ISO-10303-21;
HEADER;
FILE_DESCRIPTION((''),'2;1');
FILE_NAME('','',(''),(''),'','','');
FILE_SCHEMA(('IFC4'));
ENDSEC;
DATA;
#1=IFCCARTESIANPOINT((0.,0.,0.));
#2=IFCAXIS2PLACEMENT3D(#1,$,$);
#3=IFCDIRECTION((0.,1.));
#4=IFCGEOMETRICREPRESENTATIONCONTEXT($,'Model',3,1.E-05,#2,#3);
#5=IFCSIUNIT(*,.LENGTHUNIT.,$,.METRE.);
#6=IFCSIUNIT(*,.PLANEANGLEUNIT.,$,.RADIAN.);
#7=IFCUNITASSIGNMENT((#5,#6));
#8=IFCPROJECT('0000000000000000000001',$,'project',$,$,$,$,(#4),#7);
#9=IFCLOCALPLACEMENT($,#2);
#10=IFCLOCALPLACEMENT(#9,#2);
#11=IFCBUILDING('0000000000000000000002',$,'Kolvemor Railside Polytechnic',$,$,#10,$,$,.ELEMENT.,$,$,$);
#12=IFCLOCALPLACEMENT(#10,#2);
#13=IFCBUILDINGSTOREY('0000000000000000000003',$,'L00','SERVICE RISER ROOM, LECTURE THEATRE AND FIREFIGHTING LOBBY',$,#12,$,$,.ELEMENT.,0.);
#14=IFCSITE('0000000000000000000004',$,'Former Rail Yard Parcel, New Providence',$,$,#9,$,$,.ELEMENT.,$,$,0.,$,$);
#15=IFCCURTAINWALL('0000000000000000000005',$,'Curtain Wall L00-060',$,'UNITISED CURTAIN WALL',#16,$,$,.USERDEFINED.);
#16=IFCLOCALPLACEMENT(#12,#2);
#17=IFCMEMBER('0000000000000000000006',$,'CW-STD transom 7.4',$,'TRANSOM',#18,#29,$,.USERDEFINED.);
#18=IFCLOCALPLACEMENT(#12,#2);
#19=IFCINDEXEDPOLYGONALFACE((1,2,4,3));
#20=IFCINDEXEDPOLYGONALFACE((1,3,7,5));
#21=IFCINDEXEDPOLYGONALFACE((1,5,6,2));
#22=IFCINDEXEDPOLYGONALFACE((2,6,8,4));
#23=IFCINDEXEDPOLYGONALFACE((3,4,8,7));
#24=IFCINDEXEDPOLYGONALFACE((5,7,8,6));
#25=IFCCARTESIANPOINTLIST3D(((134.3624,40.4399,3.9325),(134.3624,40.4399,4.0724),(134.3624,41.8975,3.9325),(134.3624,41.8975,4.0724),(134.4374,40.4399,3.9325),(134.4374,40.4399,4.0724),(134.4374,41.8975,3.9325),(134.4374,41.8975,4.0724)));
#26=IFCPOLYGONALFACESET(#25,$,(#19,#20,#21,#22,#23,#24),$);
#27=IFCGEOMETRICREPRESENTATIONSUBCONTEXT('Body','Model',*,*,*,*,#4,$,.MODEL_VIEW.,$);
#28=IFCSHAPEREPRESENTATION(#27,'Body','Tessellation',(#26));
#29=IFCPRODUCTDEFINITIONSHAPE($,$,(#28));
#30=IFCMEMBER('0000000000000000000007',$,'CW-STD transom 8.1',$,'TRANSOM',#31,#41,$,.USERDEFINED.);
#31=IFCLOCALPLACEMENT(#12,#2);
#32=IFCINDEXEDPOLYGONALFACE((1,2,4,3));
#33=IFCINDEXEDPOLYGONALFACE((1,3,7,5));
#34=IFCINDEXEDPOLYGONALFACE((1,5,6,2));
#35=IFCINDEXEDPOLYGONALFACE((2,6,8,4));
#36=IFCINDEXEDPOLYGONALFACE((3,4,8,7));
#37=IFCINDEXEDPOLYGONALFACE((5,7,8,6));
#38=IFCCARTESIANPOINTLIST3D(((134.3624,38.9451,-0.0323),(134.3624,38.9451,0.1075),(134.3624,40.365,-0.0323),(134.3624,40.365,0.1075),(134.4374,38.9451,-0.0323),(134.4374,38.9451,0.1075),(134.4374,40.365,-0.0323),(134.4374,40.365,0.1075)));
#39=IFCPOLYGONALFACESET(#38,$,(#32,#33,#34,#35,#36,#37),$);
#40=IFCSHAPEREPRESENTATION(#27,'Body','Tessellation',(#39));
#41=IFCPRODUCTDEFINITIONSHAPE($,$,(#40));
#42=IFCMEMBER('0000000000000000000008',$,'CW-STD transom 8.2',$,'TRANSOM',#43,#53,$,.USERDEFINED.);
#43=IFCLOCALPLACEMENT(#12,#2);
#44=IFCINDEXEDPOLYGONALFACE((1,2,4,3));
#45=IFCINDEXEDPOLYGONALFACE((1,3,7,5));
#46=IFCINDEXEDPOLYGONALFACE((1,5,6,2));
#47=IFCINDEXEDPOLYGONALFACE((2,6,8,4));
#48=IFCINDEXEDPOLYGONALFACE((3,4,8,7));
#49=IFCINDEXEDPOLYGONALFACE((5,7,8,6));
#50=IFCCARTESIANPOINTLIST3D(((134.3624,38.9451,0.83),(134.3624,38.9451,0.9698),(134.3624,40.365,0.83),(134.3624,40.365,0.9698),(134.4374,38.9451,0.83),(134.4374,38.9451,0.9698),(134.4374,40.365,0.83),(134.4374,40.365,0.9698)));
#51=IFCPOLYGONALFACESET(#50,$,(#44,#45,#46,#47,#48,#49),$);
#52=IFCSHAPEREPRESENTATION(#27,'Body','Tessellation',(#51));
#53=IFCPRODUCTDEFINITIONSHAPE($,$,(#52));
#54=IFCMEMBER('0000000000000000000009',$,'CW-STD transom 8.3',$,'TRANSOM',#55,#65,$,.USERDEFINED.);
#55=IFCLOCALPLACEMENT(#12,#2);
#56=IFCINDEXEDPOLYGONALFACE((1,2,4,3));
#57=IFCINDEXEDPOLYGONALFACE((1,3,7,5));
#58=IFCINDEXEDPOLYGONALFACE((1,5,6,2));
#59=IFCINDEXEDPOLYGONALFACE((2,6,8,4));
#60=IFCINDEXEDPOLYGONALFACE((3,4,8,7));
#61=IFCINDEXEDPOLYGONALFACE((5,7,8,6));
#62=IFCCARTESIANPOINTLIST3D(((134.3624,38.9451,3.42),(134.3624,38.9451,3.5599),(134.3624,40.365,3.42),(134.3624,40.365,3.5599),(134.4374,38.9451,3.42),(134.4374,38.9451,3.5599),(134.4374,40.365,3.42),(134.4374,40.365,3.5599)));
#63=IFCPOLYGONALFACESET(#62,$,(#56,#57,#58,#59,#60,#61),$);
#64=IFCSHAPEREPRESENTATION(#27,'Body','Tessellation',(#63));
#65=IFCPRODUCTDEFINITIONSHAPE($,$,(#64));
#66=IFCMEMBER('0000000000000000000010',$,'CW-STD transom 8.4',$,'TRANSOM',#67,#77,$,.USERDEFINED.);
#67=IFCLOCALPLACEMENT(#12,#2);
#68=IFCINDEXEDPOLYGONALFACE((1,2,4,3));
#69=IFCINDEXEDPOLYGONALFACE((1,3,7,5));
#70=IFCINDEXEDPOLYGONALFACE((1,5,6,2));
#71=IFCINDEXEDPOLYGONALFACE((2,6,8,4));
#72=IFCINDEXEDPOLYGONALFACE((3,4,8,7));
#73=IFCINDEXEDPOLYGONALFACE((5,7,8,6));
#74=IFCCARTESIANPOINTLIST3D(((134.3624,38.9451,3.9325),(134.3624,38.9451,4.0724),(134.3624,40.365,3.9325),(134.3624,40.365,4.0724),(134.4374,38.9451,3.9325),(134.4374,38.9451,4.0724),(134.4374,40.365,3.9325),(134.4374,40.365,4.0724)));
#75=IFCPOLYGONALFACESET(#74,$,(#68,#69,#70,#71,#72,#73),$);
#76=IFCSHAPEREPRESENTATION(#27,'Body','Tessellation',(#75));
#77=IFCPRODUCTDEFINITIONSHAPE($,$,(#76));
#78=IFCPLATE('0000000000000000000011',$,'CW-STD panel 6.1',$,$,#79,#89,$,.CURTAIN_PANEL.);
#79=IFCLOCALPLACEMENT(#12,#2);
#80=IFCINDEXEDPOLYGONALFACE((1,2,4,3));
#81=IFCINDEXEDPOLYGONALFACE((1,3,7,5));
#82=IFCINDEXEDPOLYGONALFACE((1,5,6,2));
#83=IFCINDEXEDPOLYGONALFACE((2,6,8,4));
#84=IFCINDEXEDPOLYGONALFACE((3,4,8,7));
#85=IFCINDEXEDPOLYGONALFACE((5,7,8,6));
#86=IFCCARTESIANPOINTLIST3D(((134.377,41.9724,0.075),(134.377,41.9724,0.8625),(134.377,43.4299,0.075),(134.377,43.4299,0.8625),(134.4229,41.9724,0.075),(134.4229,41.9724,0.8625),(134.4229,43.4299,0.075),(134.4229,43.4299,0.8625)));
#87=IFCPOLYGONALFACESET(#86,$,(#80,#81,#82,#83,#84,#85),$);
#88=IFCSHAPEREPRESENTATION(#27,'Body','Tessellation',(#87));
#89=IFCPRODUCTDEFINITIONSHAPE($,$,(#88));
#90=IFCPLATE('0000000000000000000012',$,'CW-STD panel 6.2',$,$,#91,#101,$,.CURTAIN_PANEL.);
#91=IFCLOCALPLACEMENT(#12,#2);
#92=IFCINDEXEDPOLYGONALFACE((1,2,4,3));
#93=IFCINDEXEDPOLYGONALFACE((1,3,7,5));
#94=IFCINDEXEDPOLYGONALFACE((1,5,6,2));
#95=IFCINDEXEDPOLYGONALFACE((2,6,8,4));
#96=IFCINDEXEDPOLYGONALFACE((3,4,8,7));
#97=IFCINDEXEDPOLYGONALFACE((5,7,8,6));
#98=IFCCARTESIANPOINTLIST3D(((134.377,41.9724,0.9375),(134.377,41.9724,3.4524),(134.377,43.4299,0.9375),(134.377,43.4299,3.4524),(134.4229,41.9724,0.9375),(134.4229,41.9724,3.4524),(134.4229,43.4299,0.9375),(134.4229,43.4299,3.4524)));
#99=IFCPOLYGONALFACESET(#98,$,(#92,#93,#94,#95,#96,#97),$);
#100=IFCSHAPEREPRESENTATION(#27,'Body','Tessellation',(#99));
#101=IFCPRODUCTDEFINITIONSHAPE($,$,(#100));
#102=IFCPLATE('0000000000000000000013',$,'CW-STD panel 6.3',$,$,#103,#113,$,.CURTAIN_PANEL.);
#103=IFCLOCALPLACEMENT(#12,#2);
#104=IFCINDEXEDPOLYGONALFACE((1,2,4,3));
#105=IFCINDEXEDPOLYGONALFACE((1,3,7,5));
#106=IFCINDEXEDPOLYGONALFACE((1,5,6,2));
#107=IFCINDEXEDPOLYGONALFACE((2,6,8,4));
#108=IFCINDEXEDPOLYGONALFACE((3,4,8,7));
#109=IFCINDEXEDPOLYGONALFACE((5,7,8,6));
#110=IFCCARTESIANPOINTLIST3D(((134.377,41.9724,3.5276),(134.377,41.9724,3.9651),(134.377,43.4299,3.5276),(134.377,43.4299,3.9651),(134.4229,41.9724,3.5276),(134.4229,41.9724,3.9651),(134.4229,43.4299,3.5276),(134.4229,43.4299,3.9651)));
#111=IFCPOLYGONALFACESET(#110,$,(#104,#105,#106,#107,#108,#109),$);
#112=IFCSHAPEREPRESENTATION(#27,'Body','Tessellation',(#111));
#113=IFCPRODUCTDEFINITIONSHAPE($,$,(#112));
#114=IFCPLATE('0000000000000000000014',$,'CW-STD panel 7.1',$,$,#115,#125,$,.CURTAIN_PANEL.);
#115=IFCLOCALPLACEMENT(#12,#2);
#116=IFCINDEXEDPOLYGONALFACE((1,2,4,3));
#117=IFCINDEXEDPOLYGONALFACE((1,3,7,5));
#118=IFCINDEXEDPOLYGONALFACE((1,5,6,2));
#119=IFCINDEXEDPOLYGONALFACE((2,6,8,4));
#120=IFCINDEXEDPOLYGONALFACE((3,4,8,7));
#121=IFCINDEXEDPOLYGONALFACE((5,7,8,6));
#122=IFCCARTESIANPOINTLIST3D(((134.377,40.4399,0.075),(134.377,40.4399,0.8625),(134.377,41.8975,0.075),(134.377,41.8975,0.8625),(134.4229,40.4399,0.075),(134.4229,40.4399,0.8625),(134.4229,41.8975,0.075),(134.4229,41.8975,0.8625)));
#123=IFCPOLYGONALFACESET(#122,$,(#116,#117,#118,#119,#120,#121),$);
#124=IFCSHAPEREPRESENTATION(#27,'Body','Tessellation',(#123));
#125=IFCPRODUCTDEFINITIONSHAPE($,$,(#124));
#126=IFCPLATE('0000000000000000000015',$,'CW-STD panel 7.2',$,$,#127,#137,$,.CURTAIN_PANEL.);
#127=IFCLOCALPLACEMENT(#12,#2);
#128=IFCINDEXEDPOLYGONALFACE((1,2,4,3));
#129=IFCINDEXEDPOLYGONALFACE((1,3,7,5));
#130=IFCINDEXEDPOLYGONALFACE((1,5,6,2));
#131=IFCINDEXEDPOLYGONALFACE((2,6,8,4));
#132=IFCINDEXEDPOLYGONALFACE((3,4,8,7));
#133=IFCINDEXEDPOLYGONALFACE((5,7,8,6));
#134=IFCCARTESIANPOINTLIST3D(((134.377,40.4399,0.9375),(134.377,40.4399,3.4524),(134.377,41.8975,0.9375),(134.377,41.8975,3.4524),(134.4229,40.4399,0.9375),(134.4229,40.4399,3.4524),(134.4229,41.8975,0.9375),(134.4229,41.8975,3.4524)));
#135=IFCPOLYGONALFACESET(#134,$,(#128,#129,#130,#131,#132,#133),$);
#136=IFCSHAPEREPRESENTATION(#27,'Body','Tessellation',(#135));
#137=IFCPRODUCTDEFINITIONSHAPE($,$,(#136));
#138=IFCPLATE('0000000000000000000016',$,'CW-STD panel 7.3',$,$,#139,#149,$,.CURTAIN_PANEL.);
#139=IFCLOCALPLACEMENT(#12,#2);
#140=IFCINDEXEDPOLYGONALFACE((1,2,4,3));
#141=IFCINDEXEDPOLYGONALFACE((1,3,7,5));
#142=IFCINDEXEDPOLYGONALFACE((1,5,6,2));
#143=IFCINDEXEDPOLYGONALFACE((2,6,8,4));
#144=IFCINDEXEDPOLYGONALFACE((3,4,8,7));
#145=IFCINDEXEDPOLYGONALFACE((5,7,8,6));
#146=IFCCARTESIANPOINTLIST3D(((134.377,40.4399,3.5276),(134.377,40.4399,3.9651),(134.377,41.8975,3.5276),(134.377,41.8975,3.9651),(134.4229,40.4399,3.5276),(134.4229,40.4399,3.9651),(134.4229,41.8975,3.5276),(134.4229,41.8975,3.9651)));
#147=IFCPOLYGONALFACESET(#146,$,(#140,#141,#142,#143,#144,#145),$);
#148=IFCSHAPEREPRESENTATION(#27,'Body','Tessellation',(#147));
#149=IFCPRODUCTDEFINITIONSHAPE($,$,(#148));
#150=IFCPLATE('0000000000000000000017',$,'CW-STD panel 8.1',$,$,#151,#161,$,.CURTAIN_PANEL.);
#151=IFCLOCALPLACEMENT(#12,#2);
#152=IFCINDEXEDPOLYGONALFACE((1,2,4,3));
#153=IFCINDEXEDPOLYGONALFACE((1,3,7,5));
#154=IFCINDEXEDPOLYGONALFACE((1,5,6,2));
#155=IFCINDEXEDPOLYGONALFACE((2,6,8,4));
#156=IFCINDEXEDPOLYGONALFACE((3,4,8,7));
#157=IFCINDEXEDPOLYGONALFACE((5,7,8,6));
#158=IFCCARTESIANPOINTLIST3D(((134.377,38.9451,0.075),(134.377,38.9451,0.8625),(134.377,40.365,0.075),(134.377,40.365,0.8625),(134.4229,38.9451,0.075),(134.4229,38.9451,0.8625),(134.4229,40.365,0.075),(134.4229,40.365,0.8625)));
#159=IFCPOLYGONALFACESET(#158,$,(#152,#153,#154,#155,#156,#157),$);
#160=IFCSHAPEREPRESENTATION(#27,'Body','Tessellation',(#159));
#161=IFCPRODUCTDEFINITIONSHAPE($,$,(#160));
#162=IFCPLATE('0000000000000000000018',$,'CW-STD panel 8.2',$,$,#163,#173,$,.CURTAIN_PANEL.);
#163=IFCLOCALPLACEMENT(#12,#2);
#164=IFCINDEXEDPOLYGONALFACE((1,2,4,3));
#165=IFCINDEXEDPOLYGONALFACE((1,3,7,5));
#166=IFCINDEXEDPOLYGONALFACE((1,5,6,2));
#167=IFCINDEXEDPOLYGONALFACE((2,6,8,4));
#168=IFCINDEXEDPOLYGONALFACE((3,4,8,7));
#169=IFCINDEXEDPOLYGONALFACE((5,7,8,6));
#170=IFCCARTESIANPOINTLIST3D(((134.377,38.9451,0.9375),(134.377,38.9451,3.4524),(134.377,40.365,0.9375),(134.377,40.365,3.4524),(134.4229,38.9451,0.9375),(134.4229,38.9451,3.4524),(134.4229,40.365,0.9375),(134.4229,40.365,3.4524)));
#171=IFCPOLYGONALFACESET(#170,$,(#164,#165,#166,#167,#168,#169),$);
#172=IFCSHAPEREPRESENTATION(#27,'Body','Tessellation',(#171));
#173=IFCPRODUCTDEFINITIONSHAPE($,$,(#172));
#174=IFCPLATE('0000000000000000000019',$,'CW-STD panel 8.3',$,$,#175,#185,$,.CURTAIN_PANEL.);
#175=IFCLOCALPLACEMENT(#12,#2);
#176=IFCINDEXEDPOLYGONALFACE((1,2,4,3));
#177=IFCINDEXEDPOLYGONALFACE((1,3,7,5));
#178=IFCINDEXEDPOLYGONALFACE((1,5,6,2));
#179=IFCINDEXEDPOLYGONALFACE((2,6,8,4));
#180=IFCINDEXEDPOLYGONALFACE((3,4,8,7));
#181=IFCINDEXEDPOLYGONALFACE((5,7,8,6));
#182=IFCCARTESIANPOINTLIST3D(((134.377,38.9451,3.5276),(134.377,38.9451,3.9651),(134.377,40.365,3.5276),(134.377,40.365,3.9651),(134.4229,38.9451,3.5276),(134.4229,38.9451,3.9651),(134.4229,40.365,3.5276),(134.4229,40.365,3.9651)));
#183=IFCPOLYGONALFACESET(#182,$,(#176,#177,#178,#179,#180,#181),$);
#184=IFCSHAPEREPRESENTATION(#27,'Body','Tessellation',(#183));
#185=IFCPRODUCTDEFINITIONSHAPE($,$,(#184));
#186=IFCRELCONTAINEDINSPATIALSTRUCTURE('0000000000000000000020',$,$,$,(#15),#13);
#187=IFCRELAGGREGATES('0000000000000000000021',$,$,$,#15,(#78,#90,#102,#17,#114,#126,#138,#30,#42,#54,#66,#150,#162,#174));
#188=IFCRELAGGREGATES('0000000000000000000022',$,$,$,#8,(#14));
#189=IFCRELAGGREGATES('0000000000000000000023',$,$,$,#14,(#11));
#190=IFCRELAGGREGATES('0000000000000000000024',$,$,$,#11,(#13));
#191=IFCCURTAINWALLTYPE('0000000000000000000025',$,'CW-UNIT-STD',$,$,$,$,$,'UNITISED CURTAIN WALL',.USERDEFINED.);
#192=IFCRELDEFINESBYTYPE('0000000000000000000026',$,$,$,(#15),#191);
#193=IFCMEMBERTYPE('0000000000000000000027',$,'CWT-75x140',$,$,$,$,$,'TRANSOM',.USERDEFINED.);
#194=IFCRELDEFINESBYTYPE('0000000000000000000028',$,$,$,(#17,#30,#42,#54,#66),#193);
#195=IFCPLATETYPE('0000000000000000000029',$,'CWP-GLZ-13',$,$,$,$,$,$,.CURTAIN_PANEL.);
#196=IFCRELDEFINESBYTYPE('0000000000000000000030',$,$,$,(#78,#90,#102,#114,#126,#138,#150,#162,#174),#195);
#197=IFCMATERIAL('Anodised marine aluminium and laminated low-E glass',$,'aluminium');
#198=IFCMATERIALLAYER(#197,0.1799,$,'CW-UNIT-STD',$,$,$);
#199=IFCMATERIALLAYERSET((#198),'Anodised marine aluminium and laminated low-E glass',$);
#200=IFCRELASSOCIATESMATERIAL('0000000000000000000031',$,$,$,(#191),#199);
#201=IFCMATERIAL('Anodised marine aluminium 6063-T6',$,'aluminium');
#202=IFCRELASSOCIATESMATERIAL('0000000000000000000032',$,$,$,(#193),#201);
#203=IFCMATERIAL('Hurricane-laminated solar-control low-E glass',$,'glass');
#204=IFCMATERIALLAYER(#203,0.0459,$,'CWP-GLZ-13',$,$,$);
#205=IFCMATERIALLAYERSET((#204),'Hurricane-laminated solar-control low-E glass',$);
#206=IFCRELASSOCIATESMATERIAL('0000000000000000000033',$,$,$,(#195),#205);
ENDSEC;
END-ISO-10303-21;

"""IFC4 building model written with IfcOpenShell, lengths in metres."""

from ifc_helpers import new_model, si_unit, direction, frame, origin, origin_2d, place, context, subcontext, project, spatial, rectangle, extrude, material, layer, layer_set, material_profile, profile_set, type_object, element, aggregate, save


model = new_model("IFC4")

# Units and contexts
model_context = context("Model", 3, precision=1e-05, world=origin(), true_north=direction((0.0, 1.0)))
body_context = subcontext(model_context, "Body", "Model", "MODEL_VIEW")
ifc_project = project(units=[si_unit("LENGTHUNIT", "METRE"), si_unit("PLANEANGLEUNIT", "RADIAN")], contexts=[model_context])

# Site, building, storey
site_placement = place(None, origin())
site = spatial("IfcSite", under=ifc_project, at=site_placement, Name="Former Rail Yard Parcel, New Providence", CompositionType="ELEMENT", RefElevation=0.0)
building_placement = place(site_placement, origin())
building = spatial("IfcBuilding", under=site, at=building_placement, Name="Kolvemor Railside Polytechnic", CompositionType="ELEMENT")
storey_placement = place(building_placement, origin())
storey = spatial("IfcBuildingStorey", under=building, at=storey_placement, Name="L00", Description="SERVICE RISER ROOM, LECTURE THEATRE AND FIREFIGHTING LOBBY", CompositionType="ELEMENT", Elevation=0.0)

# Curtain wall, members, plates
ifc_material_1 = material(Name="Anodised marine aluminium and laminated low-E glass", Category="aluminium")
ifc_layer_1 = layer(ifc_material_1, 0.1799, Name="CW-UNIT-STD")
ifc_layer_set_1 = layer_set([ifc_layer_1], Name="Anodised marine aluminium and laminated low-E glass")
curtain_wall_type = type_object("IfcCurtainWallType", Name="CW-UNIT-STD", ElementType="UNITISED CURTAIN WALL", PredefinedType="USERDEFINED", material=ifc_layer_set_1)
curtain_wall_placement = place(storey_placement, origin())
curtain_wall = element("IfcCurtainWall", 1, at=curtain_wall_placement, inside=storey, type_object=curtain_wall_type, Name="Curtain Wall L00-060", ObjectType="UNITISED CURTAIN WALL", PredefinedType="USERDEFINED")
ifc_material_2 = material(Name="Anodised marine aluminium 6063-T6", Category="aluminium")
ifc_material_profile_1 = material_profile(ifc_material_2, rectangle(XDim=0.075, YDim=0.1399, at=origin_2d()), Name="CW-TRN-75x140")
ifc_profile_set_1 = profile_set([ifc_material_profile_1], Name="Anodised marine aluminium 6063-T6")
member_type_1 = type_object("IfcMemberType", Name="CWT-75x140", ElementType="TRANSOM", PredefinedType="USERDEFINED", material=ifc_profile_set_1)
member_1_placement = place(storey_placement, frame((134.3999, 41.8975, 4.0024), z_axis=(0.0, -1.0, 0.0), x_axis=(1.0, 0.0, 0.0)))
member_1 = element("IfcMember", 2, at=member_1_placement, type_object=member_type_1, Name="CW-STD transom 7.4", ObjectType="TRANSOM", PredefinedType="USERDEFINED", context=body_context, shape_type="SweptSolid", body=[
    extrude(rectangle(XDim=0.075, YDim=0.1399, at=origin_2d()), origin(), (0.0, 0.0, 1.0), 1.4575),
])
member_2_placement = place(storey_placement, frame((134.3999, 40.365, 0.0376), z_axis=(0.0, -1.0, 0.0), x_axis=(1.0, 0.0, 0.0)))
member_2 = element("IfcMember", 3, at=member_2_placement, type_object=member_type_1, Name="CW-STD transom 8.1", ObjectType="TRANSOM", PredefinedType="USERDEFINED", context=body_context, shape_type="SweptSolid", body=[
    extrude(rectangle(XDim=0.075, YDim=0.1399, at=origin_2d()), origin(), (0.0, 0.0, 1.0), 1.4199),
])
member_3_placement = place(storey_placement, frame((134.3999, 40.365, 0.8999), z_axis=(0.0, -1.0, 0.0), x_axis=(1.0, 0.0, 0.0)))
member_3 = element("IfcMember", 4, at=member_3_placement, type_object=member_type_1, Name="CW-STD transom 8.2", ObjectType="TRANSOM", PredefinedType="USERDEFINED", context=body_context, shape_type="SweptSolid", body=[
    extrude(rectangle(XDim=0.075, YDim=0.1399, at=origin_2d()), origin(), (0.0, 0.0, 1.0), 1.4199),
])
member_4_placement = place(storey_placement, frame((134.3999, 40.365, 3.49), z_axis=(0.0, -1.0, 0.0), x_axis=(1.0, 0.0, 0.0)))
member_4 = element("IfcMember", 5, at=member_4_placement, type_object=member_type_1, Name="CW-STD transom 8.3", ObjectType="TRANSOM", PredefinedType="USERDEFINED", context=body_context, shape_type="SweptSolid", body=[
    extrude(rectangle(XDim=0.075, YDim=0.1399, at=origin_2d()), origin(), (0.0, 0.0, 1.0), 1.4199),
])
member_5_placement = place(storey_placement, frame((134.3999, 40.365, 4.0024), z_axis=(0.0, -1.0, 0.0), x_axis=(1.0, 0.0, 0.0)))
member_5 = element("IfcMember", 6, at=member_5_placement, type_object=member_type_1, Name="CW-STD transom 8.4", ObjectType="TRANSOM", PredefinedType="USERDEFINED", context=body_context, shape_type="SweptSolid", body=[
    extrude(rectangle(XDim=0.075, YDim=0.1399, at=origin_2d()), origin(), (0.0, 0.0, 1.0), 1.4199),
])
ifc_material_3 = material(Name="Hurricane-laminated solar-control low-E glass", Category="glass")
ifc_layer_2 = layer(ifc_material_3, 0.0459, Name="CWP-GLZ-13")
ifc_layer_set_2 = layer_set([ifc_layer_2], Name="Hurricane-laminated solar-control low-E glass")
plate_type = type_object("IfcPlateType", Name="CWP-GLZ-13", PredefinedType="CURTAIN_PANEL", material=ifc_layer_set_2)
plate_1_placement = place(storey_placement, frame((134.3999, 42.7012, 0.075), z_axis=(0.0, 0.0, 1.0), x_axis=(0.0, -1.0, 0.0)))
plate_1 = element("IfcPlate", 7, at=plate_1_placement, type_object=plate_type, Name="CW-STD panel 6.1", PredefinedType="CURTAIN_PANEL", context=body_context, shape_type="SweptSolid", body=[
    extrude(rectangle(XDim=1.4575, YDim=0.0459, at=origin_2d()), origin(), (0.0, 0.0, 1.0), 0.7876),
])
plate_2_placement = place(storey_placement, frame((134.3999, 42.7012, 0.9375), z_axis=(0.0, 0.0, 1.0), x_axis=(0.0, -1.0, 0.0)))
plate_2 = element("IfcPlate", 8, at=plate_2_placement, type_object=plate_type, Name="CW-STD panel 6.2", PredefinedType="CURTAIN_PANEL", context=body_context, shape_type="SweptSolid", body=[
    extrude(rectangle(XDim=1.4575, YDim=0.0459, at=origin_2d()), origin(), (0.0, 0.0, 1.0), 2.5149),
])
plate_3_placement = place(storey_placement, frame((134.3999, 42.7012, 3.5276), z_axis=(0.0, 0.0, 1.0), x_axis=(0.0, -1.0, 0.0)))
plate_3 = element("IfcPlate", 9, at=plate_3_placement, type_object=plate_type, Name="CW-STD panel 6.3", PredefinedType="CURTAIN_PANEL", context=body_context, shape_type="SweptSolid", body=[
    extrude(rectangle(XDim=1.4575, YDim=0.0459, at=origin_2d()), origin(), (0.0, 0.0, 1.0), 0.4375),
])
plate_4_placement = place(storey_placement, frame((134.3999, 41.1687, 0.075), z_axis=(0.0, 0.0, 1.0), x_axis=(0.0, -1.0, 0.0)))
plate_4 = element("IfcPlate", 10, at=plate_4_placement, type_object=plate_type, Name="CW-STD panel 7.1", PredefinedType="CURTAIN_PANEL", context=body_context, shape_type="SweptSolid", body=[
    extrude(rectangle(XDim=1.4575, YDim=0.0459, at=origin_2d()), origin(), (0.0, 0.0, 1.0), 0.7876),
])
plate_5_placement = place(storey_placement, frame((134.3999, 41.1687, 0.9375), z_axis=(0.0, 0.0, 1.0), x_axis=(0.0, -1.0, 0.0)))
plate_5 = element("IfcPlate", 11, at=plate_5_placement, type_object=plate_type, Name="CW-STD panel 7.2", PredefinedType="CURTAIN_PANEL", context=body_context, shape_type="SweptSolid", body=[
    extrude(rectangle(XDim=1.4575, YDim=0.0459, at=origin_2d()), origin(), (0.0, 0.0, 1.0), 2.5149),
])
plate_6_placement = place(storey_placement, frame((134.3999, 41.1687, 3.5276), z_axis=(0.0, 0.0, 1.0), x_axis=(0.0, -1.0, 0.0)))
plate_6 = element("IfcPlate", 12, at=plate_6_placement, type_object=plate_type, Name="CW-STD panel 7.3", PredefinedType="CURTAIN_PANEL", context=body_context, shape_type="SweptSolid", body=[
    extrude(rectangle(XDim=1.4575, YDim=0.0459, at=origin_2d()), origin(), (0.0, 0.0, 1.0), 0.4375),
])
plate_7_placement = place(storey_placement, frame((134.3999, 39.655, 0.075), z_axis=(0.0, 0.0, 1.0), x_axis=(0.0, -1.0, 0.0)))
plate_7 = element("IfcPlate", 13, at=plate_7_placement, type_object=plate_type, Name="CW-STD panel 8.1", PredefinedType="CURTAIN_PANEL", context=body_context, shape_type="SweptSolid", body=[
    extrude(rectangle(XDim=1.4199, YDim=0.0459, at=origin_2d()), origin(), (0.0, 0.0, 1.0), 0.7876),
])
plate_8_placement = place(storey_placement, frame((134.3999, 39.655, 0.9375), z_axis=(0.0, 0.0, 1.0), x_axis=(0.0, -1.0, 0.0)))
plate_8 = element("IfcPlate", 14, at=plate_8_placement, type_object=plate_type, Name="CW-STD panel 8.2", PredefinedType="CURTAIN_PANEL", context=body_context, shape_type="SweptSolid", body=[
    extrude(rectangle(XDim=1.4199, YDim=0.0459, at=origin_2d()), origin(), (0.0, 0.0, 1.0), 2.5149),
])
plate_9_placement = place(storey_placement, frame((134.3999, 39.655, 3.5276), z_axis=(0.0, 0.0, 1.0), x_axis=(0.0, -1.0, 0.0)))
plate_9 = element("IfcPlate", 15, at=plate_9_placement, type_object=plate_type, Name="CW-STD panel 8.3", PredefinedType="CURTAIN_PANEL", context=body_context, shape_type="SweptSolid", body=[
    extrude(rectangle(XDim=1.4199, YDim=0.0459, at=origin_2d()), origin(), (0.0, 0.0, 1.0), 0.4375),
])
aggregate(curtain_wall, [plate_1, plate_2, plate_3, member_1, plate_4, plate_5, plate_6, member_2, member_3, member_4, member_5, plate_7, plate_8, plate_9])

save(model, "model.ifc")
